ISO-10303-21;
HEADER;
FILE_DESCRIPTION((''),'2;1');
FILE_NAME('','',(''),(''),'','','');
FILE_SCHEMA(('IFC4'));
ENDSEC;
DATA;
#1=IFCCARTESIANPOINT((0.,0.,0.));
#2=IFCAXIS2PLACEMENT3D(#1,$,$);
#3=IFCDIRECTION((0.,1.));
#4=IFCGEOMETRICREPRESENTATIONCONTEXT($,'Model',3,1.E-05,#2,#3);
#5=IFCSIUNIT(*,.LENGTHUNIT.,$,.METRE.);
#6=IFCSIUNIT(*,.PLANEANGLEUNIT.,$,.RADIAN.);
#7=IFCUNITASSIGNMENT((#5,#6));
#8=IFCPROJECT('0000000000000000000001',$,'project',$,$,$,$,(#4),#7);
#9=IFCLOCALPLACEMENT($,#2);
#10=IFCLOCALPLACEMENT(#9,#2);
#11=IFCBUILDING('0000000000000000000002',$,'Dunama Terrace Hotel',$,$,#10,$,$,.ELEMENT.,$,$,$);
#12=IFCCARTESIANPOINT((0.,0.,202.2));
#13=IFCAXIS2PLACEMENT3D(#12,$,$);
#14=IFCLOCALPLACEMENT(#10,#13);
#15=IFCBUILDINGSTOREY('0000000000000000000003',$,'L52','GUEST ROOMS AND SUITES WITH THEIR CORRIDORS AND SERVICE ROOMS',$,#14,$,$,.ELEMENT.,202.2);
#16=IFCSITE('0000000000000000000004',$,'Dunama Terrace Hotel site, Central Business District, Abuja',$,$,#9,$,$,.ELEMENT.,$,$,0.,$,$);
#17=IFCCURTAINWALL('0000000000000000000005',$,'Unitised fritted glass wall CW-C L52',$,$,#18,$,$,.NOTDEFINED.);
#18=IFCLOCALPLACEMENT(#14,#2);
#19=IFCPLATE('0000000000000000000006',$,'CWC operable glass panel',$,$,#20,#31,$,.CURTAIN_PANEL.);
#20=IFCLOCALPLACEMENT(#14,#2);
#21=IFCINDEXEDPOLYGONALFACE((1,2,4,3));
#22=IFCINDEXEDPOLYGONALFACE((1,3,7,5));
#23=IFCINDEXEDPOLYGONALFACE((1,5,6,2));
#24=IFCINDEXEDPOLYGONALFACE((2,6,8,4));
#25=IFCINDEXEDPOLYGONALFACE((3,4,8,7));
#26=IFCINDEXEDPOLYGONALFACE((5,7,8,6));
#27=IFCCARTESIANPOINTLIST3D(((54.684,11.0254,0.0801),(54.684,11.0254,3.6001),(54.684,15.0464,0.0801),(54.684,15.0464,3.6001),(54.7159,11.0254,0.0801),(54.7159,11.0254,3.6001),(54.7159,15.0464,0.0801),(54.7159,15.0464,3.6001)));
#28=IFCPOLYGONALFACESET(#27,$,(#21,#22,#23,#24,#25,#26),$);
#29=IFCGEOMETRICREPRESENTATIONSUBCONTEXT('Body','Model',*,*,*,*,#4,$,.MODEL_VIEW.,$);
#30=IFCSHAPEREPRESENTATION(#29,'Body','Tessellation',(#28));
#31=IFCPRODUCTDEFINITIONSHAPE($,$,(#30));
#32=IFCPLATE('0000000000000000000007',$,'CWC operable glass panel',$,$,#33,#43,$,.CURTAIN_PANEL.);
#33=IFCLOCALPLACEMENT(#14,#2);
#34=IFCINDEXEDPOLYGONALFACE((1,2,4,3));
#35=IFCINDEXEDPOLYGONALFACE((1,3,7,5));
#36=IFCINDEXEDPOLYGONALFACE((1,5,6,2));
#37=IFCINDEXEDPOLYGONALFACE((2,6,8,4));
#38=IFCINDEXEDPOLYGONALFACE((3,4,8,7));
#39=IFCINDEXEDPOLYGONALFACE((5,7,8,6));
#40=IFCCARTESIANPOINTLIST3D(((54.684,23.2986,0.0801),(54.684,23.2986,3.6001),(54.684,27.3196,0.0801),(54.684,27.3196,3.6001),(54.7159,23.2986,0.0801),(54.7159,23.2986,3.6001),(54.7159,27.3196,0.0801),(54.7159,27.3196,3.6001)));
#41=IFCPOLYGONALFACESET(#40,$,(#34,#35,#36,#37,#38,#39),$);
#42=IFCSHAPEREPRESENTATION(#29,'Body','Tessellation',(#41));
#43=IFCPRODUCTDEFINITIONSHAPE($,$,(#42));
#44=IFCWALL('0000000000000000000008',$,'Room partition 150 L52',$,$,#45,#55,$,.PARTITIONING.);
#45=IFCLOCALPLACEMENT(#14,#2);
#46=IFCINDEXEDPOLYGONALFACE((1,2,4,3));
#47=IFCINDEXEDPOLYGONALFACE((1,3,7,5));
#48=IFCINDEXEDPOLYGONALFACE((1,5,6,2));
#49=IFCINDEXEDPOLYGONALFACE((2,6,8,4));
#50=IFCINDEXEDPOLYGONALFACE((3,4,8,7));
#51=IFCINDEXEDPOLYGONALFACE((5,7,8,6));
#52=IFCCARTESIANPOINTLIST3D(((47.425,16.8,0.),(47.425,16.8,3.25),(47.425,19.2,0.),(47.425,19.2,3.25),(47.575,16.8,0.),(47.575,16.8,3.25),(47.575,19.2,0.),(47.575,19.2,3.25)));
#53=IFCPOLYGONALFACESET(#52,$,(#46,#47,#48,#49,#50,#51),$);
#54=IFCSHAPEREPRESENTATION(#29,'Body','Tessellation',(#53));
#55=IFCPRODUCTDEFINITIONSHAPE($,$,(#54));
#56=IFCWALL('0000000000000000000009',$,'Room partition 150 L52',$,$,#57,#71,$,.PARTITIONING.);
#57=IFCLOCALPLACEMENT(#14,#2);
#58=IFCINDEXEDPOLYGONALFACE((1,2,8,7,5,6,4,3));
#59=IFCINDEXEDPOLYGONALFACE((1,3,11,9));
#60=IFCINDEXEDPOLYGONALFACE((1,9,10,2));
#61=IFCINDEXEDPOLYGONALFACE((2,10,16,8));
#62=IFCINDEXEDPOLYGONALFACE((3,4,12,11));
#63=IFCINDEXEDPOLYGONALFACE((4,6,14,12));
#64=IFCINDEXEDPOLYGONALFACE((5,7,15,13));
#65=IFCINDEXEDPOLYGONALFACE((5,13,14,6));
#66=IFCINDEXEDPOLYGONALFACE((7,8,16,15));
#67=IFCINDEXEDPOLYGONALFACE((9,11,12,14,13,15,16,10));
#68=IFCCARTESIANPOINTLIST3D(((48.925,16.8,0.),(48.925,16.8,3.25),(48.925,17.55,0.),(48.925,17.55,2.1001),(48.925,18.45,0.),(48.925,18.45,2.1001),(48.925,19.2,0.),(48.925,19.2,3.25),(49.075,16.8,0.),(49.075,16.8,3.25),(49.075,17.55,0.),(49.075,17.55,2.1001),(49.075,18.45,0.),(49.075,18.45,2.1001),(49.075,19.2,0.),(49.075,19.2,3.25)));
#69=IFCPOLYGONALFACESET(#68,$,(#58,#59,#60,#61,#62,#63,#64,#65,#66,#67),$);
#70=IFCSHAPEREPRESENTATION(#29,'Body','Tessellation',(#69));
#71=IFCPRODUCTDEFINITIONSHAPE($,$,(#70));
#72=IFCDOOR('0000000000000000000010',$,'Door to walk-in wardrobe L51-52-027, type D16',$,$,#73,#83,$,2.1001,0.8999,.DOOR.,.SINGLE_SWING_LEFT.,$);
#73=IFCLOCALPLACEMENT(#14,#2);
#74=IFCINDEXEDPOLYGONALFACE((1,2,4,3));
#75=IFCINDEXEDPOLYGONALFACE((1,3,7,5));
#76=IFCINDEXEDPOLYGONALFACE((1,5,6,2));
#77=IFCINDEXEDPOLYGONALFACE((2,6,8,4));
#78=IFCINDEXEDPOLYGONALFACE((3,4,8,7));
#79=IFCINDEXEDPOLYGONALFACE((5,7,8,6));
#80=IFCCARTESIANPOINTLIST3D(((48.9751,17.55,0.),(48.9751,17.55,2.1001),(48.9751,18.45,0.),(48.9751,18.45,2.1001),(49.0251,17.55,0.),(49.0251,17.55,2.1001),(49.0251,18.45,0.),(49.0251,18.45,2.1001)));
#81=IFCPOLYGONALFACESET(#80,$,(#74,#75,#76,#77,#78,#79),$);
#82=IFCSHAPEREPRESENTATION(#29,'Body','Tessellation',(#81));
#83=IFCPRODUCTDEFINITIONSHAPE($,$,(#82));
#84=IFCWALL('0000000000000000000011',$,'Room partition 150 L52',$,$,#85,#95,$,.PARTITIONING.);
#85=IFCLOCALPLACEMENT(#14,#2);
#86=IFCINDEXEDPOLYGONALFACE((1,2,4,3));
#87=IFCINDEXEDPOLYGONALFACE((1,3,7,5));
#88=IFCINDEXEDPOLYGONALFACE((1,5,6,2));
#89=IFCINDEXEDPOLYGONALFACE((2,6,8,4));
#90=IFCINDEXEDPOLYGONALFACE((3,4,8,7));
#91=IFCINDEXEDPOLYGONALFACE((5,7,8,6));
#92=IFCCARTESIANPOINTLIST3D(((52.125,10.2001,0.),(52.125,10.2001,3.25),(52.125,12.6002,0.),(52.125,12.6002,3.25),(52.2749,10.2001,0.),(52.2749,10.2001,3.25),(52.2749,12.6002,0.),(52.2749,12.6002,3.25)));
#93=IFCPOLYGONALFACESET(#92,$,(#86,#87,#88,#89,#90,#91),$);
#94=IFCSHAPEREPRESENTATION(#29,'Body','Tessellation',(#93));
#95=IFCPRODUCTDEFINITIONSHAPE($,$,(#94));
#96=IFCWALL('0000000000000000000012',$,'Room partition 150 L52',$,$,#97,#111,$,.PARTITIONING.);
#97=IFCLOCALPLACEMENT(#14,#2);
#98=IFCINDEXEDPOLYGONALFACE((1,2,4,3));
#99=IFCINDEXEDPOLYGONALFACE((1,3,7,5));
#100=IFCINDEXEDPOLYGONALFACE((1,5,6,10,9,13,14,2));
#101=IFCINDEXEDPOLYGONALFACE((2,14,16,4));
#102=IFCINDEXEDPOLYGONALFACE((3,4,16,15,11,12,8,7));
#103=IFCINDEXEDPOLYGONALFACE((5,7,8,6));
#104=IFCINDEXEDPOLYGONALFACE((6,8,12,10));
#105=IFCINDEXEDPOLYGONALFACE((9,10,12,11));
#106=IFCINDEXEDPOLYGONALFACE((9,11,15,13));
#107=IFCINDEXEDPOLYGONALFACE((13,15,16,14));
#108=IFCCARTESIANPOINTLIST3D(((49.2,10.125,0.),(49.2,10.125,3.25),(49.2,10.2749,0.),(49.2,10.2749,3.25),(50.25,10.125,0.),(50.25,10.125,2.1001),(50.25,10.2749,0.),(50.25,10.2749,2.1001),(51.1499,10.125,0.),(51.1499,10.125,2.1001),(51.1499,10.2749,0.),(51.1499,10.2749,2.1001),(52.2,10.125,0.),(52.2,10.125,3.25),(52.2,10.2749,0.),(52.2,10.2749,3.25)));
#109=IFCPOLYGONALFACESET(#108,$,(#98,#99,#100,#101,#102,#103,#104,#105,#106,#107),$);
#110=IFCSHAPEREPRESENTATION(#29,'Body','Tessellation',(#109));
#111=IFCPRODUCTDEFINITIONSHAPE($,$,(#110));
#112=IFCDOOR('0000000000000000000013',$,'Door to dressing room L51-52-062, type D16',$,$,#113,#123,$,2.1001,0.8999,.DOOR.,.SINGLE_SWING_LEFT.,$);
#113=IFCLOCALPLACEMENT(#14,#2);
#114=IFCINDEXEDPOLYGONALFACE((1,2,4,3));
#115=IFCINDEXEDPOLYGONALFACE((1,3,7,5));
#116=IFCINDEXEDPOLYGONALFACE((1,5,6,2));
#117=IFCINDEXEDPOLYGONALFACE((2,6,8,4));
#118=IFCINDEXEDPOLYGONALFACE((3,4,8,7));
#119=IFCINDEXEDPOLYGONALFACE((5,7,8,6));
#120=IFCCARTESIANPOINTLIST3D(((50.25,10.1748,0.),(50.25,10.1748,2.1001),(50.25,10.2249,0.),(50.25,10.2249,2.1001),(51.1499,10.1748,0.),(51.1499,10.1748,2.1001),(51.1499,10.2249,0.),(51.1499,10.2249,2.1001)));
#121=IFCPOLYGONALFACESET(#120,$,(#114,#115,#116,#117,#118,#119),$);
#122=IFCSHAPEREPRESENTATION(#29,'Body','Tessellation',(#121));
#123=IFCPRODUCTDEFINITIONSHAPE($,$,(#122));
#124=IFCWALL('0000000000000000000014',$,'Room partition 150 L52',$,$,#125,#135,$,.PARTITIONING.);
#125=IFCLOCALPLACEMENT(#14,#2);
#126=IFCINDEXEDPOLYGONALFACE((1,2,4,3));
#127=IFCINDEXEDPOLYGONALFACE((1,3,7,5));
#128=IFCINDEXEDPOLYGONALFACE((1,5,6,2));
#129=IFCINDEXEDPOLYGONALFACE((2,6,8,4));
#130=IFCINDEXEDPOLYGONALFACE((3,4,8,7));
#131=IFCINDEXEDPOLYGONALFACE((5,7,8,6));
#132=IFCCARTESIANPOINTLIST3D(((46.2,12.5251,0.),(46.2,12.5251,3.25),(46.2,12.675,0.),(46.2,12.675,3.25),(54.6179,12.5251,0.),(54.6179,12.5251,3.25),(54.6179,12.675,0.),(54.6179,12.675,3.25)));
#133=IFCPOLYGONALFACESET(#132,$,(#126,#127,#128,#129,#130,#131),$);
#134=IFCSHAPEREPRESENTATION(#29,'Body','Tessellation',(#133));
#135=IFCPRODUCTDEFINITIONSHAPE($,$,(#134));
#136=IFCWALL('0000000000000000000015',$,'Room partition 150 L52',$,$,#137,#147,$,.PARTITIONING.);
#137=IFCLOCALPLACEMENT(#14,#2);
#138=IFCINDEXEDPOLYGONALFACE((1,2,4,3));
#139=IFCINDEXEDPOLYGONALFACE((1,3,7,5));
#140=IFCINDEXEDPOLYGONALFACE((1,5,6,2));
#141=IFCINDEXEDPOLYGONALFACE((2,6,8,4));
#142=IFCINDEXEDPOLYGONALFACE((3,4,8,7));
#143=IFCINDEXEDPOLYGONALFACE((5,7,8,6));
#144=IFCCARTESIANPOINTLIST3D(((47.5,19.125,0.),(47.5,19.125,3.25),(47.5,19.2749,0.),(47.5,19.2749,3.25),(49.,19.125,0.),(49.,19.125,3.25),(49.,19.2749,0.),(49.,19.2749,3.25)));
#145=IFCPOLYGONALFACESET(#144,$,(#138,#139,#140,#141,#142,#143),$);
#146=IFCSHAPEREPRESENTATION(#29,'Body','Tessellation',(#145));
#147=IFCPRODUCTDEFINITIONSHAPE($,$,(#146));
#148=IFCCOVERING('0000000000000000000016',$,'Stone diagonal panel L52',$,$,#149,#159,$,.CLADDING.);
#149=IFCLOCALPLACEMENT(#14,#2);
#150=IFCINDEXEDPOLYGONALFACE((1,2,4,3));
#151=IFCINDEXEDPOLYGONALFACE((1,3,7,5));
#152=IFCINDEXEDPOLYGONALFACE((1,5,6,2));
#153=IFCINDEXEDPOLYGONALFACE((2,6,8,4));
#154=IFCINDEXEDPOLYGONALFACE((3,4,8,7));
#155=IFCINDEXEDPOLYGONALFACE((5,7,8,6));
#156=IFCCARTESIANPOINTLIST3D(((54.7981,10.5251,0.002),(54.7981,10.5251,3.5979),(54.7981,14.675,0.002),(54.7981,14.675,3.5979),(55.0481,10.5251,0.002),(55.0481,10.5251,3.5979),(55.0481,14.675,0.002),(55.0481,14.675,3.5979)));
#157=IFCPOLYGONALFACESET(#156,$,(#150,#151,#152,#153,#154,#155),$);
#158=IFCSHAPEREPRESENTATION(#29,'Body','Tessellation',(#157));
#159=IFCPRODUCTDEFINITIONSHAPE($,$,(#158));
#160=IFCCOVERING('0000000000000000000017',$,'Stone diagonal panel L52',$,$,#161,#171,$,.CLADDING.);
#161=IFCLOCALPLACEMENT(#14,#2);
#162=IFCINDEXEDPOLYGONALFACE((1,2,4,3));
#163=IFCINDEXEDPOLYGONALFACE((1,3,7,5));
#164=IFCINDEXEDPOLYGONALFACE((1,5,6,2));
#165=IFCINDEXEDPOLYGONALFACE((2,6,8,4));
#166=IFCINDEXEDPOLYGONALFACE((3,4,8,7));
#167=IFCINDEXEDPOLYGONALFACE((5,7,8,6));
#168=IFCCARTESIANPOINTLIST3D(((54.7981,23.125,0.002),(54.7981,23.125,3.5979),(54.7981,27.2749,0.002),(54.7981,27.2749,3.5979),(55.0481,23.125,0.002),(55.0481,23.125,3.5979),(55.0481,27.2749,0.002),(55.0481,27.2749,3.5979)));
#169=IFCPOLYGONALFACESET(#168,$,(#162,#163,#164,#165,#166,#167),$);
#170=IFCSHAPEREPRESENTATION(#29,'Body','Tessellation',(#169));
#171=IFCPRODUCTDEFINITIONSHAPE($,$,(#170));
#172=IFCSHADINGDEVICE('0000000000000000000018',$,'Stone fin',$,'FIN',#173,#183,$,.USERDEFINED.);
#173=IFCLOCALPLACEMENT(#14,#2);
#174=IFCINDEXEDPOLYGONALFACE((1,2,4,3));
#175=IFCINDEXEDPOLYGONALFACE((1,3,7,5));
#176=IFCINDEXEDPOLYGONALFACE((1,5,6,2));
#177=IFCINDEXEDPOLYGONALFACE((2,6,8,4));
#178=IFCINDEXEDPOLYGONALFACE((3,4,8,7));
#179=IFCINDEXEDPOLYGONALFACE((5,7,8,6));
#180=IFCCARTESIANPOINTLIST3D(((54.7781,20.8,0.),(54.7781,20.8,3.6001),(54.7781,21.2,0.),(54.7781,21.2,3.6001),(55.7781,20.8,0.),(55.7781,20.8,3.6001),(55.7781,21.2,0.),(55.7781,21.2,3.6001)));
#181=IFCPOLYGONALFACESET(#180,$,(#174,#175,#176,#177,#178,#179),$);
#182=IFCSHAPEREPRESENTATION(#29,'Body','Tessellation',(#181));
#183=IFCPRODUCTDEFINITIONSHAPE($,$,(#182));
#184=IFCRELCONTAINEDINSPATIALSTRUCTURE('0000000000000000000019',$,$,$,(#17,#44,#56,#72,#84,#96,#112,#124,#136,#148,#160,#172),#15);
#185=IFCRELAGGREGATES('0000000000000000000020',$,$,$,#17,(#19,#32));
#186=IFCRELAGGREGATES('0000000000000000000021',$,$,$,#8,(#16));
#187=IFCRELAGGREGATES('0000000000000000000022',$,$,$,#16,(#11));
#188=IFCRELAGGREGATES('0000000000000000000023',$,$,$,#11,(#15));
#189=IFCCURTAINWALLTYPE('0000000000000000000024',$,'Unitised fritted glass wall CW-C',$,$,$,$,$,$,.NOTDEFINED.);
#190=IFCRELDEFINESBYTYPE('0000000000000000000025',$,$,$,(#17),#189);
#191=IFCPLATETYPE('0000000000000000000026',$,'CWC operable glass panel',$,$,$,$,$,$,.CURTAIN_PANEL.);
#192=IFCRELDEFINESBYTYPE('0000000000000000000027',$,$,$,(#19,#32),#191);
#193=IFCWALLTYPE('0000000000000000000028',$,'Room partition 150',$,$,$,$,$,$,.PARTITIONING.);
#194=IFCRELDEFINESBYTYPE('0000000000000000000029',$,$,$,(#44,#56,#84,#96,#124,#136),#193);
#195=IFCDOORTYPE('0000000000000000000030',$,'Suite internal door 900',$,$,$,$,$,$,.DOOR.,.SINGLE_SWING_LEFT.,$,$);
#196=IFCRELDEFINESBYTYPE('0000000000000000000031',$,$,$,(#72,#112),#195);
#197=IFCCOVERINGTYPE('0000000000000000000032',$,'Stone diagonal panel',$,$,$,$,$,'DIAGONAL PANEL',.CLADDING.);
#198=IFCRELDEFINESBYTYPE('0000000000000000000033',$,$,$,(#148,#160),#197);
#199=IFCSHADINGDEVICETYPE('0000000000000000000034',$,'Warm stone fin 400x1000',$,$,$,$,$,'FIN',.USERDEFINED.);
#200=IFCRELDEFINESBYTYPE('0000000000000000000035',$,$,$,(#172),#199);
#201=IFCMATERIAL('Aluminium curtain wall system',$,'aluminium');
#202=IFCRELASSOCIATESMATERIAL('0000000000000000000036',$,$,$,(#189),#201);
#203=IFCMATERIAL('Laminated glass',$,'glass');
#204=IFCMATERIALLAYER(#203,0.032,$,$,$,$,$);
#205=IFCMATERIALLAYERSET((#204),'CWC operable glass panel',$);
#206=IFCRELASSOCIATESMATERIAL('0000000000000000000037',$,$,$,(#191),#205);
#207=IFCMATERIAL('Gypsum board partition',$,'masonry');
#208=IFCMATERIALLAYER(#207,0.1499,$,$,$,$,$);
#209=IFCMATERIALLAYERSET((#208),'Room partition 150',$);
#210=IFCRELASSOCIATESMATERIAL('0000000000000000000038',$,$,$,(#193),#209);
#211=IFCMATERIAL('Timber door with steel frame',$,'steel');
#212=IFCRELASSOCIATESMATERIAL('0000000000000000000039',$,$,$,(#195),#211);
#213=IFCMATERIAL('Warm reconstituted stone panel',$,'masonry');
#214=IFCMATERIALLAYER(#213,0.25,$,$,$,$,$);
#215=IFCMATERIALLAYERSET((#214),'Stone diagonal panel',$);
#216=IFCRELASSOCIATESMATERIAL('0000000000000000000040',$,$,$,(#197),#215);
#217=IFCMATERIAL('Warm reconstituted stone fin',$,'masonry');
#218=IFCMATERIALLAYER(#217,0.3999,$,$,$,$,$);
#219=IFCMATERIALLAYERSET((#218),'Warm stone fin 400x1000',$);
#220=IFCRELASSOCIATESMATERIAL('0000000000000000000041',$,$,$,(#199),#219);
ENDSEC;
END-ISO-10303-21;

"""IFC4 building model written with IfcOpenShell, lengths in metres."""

from ifc_helpers import new_model, si_unit, direction, frame, frame_2d, origin, origin_2d, place, context, subcontext, project, spatial, rectangle, extrude, material, layer, layer_set, type_object, element, fill, aggregate, save


model = new_model("IFC4")

# Units and contexts
model_context = context("Model", 3, precision=1e-05, world=origin(), true_north=direction((0.0, 1.0)))
body_context = subcontext(model_context, "Body", "Model", "MODEL_VIEW")
ifc_project = project(units=[si_unit("LENGTHUNIT", "METRE"), si_unit("PLANEANGLEUNIT", "RADIAN")], contexts=[model_context])

# Site, building, storey
site_placement = place(None, origin())
site = spatial("IfcSite", under=ifc_project, at=site_placement, Name="Dunama Terrace Hotel site, Central Business District, Abuja", CompositionType="ELEMENT", RefElevation=0.0)
building_placement = place(site_placement, origin())
building = spatial("IfcBuilding", under=site, at=building_placement, Name="Dunama Terrace Hotel", CompositionType="ELEMENT")
storey_placement = place(building_placement, frame((0.0, 0.0, 202.2)))
storey = spatial("IfcBuildingStorey", under=building, at=storey_placement, Name="L52", Description="GUEST ROOMS AND SUITES WITH THEIR CORRIDORS AND SERVICE ROOMS", CompositionType="ELEMENT", Elevation=202.2)

# Curtain wall
ifc_material_1 = material(Name="Aluminium curtain wall system", Category="aluminium")
curtain_wall_type = type_object("IfcCurtainWallType", Name="Unitised fritted glass wall CW-C", PredefinedType="NOTDEFINED", material=ifc_material_1)
curtain_wall_placement = place(storey_placement, origin())
curtain_wall = element("IfcCurtainWall", 1, at=curtain_wall_placement, inside=storey, type_object=curtain_wall_type, Name="Unitised fritted glass wall CW-C L52", PredefinedType="NOTDEFINED")

# Plates
ifc_material_2 = material(Name="Laminated glass", Category="glass")
ifc_layer_1 = layer(ifc_material_2, 0.032)
ifc_layer_set_1 = layer_set([ifc_layer_1], Name="CWC operable glass panel")
plate_type_1 = type_object("IfcPlateType", Name="CWC operable glass panel", PredefinedType="CURTAIN_PANEL", material=ifc_layer_set_1)
plate_1_placement = place(storey_placement, frame((54.7, 13.0359, 0.0801), z_axis=(0.0, 0.0, 1.0), x_axis=(0.0, 1.0, 0.0)))
plate_1 = element("IfcPlate", 2, at=plate_1_placement, type_object=plate_type_1, Name="CWC operable glass panel", PredefinedType="CURTAIN_PANEL", context=body_context, shape_type="SweptSolid", body=[
    extrude(rectangle(XDim=4.021, YDim=0.032, at=origin_2d()), origin(), (0.0, 0.0, 1.0), 3.52),
])
plate_2_placement = place(storey_placement, frame((54.7, 25.3091, 0.0801), z_axis=(0.0, 0.0, 1.0), x_axis=(0.0, 1.0, 0.0)))
plate_2 = element("IfcPlate", 3, at=plate_2_placement, type_object=plate_type_1, Name="CWC operable glass panel", PredefinedType="CURTAIN_PANEL", context=body_context, shape_type="SweptSolid", body=[
    extrude(rectangle(XDim=4.021, YDim=0.032, at=origin_2d()), origin(), (0.0, 0.0, 1.0), 3.52),
])
aggregate(curtain_wall, [plate_1, plate_2])

# Wall
ifc_material_3 = material(Name="Gypsum board partition", Category="masonry")
ifc_layer_2 = layer(ifc_material_3, 0.1499)
ifc_layer_set_2 = layer_set([ifc_layer_2], Name="Room partition 150")
wall_type = type_object("IfcWallType", Name="Room partition 150", PredefinedType="PARTITIONING", material=ifc_layer_set_2)
wall_1_placement = place(storey_placement, frame((47.5, 16.8, 0.0), z_axis=(0.0, 0.0, 1.0), x_axis=(0.0, 1.0, 0.0)))
element("IfcWall", 4, at=wall_1_placement, inside=storey, type_object=wall_type, Name="Room partition 150 L52", PredefinedType="PARTITIONING", context=body_context, shape_type="SweptSolid", body=[
    extrude(rectangle(XDim=2.3999, YDim=0.1499, at=frame_2d((1.2, 0.0))), origin(), (0.0, 0.0, 1.0), 3.25),
])

# Wall, opening, door
wall_2_placement = place(storey_placement, frame((49.0, 16.8, 0.0), z_axis=(0.0, 0.0, 1.0), x_axis=(0.0, 1.0, 0.0)))
wall_2 = element("IfcWall", 5, at=wall_2_placement, inside=storey, type_object=wall_type, Name="Room partition 150 L52", PredefinedType="PARTITIONING", context=body_context, shape_type="SweptSolid", body=[
    extrude(rectangle(XDim=2.3999, YDim=0.1499, at=frame_2d((1.2, 0.0))), origin(), (0.0, 0.0, 1.0), 3.25),
])
opening_1_placement = place(wall_2_placement, frame((0.75, 0.0, 0.0)))
opening_1 = element("IfcOpeningElement", 6, at=opening_1_placement, cuts=wall_2, PredefinedType="OPENING", context=body_context, shape_type="SweptSolid", body=[
    extrude(rectangle(XDim=0.8999, YDim=2.1001, at=frame_2d((0.45, 1.05))), frame((0.0, 0.085, 0.0), z_axis=(0.0, -1.0, 0.0), x_axis=(1.0, 0.0, 0.0)), (0.0, 0.0, 1.0), 0.1699),
])
ifc_material_4 = material(Name="Timber door with steel frame", Category="steel")
door_type = type_object("IfcDoorType", Name="Suite internal door 900", OperationType="SINGLE_SWING_LEFT", PredefinedType="DOOR", material=ifc_material_4)
door_1_placement = place(opening_1_placement, origin())
door_1 = element("IfcDoor", 7, at=door_1_placement, inside=storey, type_object=door_type, Name="Door to walk-in wardrobe L51-52-027, type D16", OperationType="SINGLE_SWING_LEFT", OverallHeight=2.1001, OverallWidth=0.8999, PredefinedType="DOOR", context=body_context, shape_type="SweptSolid", body=[
    extrude(rectangle(XDim=0.8999, YDim=2.1001, at=frame_2d((0.45, 1.05))), frame((0.0, 0.0249, 0.0), z_axis=(0.0, -1.0, 0.0), x_axis=(1.0, 0.0, 0.0)), (0.0, 0.0, 1.0), 0.05),
])
fill(opening_1, door_1)

# Wall
wall_3_placement = place(storey_placement, frame((52.2, 10.2, 0.0), z_axis=(0.0, 0.0, 1.0), x_axis=(0.0, 1.0, 0.0)))
element("IfcWall", 8, at=wall_3_placement, inside=storey, type_object=wall_type, Name="Room partition 150 L52", PredefinedType="PARTITIONING", context=body_context, shape_type="SweptSolid", body=[
    extrude(rectangle(XDim=2.4001, YDim=0.1499, at=frame_2d((1.2002, 0.0))), origin(), (0.0, 0.0, 1.0), 3.25),
])

# Wall, opening, door
wall_4_placement = place(storey_placement, frame((49.2, 10.2, 0.0), z_axis=(0.0, 0.0, 1.0), x_axis=(1.0, 0.0, 0.0)))
wall_4 = element("IfcWall", 9, at=wall_4_placement, inside=storey, type_object=wall_type, Name="Room partition 150 L52", PredefinedType="PARTITIONING", context=body_context, shape_type="SweptSolid", body=[
    extrude(rectangle(XDim=3.0, YDim=0.1499, at=frame_2d((1.5, 0.0))), origin(), (0.0, 0.0, 1.0), 3.25),
])
opening_2_placement = place(wall_4_placement, frame((1.05, 0.0, 0.0)))
opening_2 = element("IfcOpeningElement", 10, at=opening_2_placement, cuts=wall_4, PredefinedType="OPENING", context=body_context, shape_type="SweptSolid", body=[
    extrude(rectangle(XDim=0.8999, YDim=2.1001, at=frame_2d((0.45, 1.05))), frame((0.0, 0.085, 0.0), z_axis=(0.0, -1.0, 0.0), x_axis=(1.0, 0.0, 0.0)), (0.0, 0.0, 1.0), 0.1699),
])
door_2_placement = place(opening_2_placement, origin())
door_2 = element("IfcDoor", 11, at=door_2_placement, inside=storey, type_object=door_type, Name="Door to dressing room L51-52-062, type D16", OperationType="SINGLE_SWING_LEFT", OverallHeight=2.1001, OverallWidth=0.8999, PredefinedType="DOOR", context=body_context, shape_type="SweptSolid", body=[
    extrude(rectangle(XDim=0.8999, YDim=2.1001, at=frame_2d((0.45, 1.05))), frame((0.0, 0.0249, 0.0), z_axis=(0.0, -1.0, 0.0), x_axis=(1.0, 0.0, 0.0)), (0.0, 0.0, 1.0), 0.05),
])
fill(opening_2, door_2)

# Walls
wall_5_placement = place(storey_placement, frame((46.2, 12.6001, 0.0), z_axis=(0.0, 0.0, 1.0), x_axis=(1.0, 0.0, 0.0)))
element("IfcWall", 12, at=wall_5_placement, inside=storey, type_object=wall_type, Name="Room partition 150 L52", PredefinedType="PARTITIONING", context=body_context, shape_type="SweptSolid", body=[
    extrude(rectangle(XDim=8.418, YDim=0.1499, at=frame_2d((4.209, 0.0))), origin(), (0.0, 0.0, 1.0), 3.25),
])
wall_6_placement = place(storey_placement, frame((47.5, 19.2, 0.0), z_axis=(0.0, 0.0, 1.0), x_axis=(1.0, 0.0, 0.0)))
element("IfcWall", 13, at=wall_6_placement, inside=storey, type_object=wall_type, Name="Room partition 150 L52", PredefinedType="PARTITIONING", context=body_context, shape_type="SweptSolid", body=[
    extrude(rectangle(XDim=1.5, YDim=0.1499, at=frame_2d((0.75, 0.0))), origin(), (0.0, 0.0, 1.0), 3.25),
])

# Coverings
ifc_material_5 = material(Name="Warm reconstituted stone panel", Category="masonry")
ifc_layer_3 = layer(ifc_material_5, 0.25)
ifc_layer_set_3 = layer_set([ifc_layer_3], Name="Stone diagonal panel")
covering_type = type_object("IfcCoveringType", Name="Stone diagonal panel", ElementType="DIAGONAL PANEL", PredefinedType="CLADDING", material=ifc_layer_set_3)
for number, where, z_axis, x_axis, name in (
    (14, (54.9231, 12.6001, 0.002), (0.0, 0.0, 1.0), (0.0, 1.0, 0.0), "Stone diagonal panel L52"),
    (15, (54.9231, 25.2, 0.002), (0.0, 0.0, 1.0), (0.0, 1.0, 0.0), "Stone diagonal panel L52"),
):
    element("IfcCovering", number, at=place(storey_placement, frame(where, z_axis=z_axis, x_axis=x_axis)), inside=storey, type_object=covering_type, Name=name, PredefinedType="CLADDING", context=body_context, shape_type="SweptSolid", body=[
        extrude(rectangle(XDim=4.1499, YDim=0.25, at=origin_2d()), origin(), (0.0, 0.0, 1.0), 3.5959),
    ])

# Shading device
ifc_material_6 = material(Name="Warm reconstituted stone fin", Category="masonry")
ifc_layer_4 = layer(ifc_material_6, 0.3999)
ifc_layer_set_4 = layer_set([ifc_layer_4], Name="Warm stone fin 400x1000")
shading_device_type = type_object("IfcShadingDeviceType", Name="Warm stone fin 400x1000", ElementType="FIN", PredefinedType="USERDEFINED", material=ifc_layer_set_4)
shading_device_placement = place(storey_placement, frame((55.2781, 21.0, 0.0), z_axis=(0.0, 0.0, 1.0), x_axis=(0.0, 1.0, 0.0)))
element("IfcShadingDevice", 16, at=shading_device_placement, inside=storey, type_object=shading_device_type, Name="Stone fin", ObjectType="FIN", PredefinedType="USERDEFINED", context=body_context, shape_type="SweptSolid", body=[
    extrude(rectangle(XDim=0.3999, YDim=1.0, at=origin_2d()), origin(), (0.0, 0.0, 1.0), 3.6001),
])

save(model, "model.ifc")
